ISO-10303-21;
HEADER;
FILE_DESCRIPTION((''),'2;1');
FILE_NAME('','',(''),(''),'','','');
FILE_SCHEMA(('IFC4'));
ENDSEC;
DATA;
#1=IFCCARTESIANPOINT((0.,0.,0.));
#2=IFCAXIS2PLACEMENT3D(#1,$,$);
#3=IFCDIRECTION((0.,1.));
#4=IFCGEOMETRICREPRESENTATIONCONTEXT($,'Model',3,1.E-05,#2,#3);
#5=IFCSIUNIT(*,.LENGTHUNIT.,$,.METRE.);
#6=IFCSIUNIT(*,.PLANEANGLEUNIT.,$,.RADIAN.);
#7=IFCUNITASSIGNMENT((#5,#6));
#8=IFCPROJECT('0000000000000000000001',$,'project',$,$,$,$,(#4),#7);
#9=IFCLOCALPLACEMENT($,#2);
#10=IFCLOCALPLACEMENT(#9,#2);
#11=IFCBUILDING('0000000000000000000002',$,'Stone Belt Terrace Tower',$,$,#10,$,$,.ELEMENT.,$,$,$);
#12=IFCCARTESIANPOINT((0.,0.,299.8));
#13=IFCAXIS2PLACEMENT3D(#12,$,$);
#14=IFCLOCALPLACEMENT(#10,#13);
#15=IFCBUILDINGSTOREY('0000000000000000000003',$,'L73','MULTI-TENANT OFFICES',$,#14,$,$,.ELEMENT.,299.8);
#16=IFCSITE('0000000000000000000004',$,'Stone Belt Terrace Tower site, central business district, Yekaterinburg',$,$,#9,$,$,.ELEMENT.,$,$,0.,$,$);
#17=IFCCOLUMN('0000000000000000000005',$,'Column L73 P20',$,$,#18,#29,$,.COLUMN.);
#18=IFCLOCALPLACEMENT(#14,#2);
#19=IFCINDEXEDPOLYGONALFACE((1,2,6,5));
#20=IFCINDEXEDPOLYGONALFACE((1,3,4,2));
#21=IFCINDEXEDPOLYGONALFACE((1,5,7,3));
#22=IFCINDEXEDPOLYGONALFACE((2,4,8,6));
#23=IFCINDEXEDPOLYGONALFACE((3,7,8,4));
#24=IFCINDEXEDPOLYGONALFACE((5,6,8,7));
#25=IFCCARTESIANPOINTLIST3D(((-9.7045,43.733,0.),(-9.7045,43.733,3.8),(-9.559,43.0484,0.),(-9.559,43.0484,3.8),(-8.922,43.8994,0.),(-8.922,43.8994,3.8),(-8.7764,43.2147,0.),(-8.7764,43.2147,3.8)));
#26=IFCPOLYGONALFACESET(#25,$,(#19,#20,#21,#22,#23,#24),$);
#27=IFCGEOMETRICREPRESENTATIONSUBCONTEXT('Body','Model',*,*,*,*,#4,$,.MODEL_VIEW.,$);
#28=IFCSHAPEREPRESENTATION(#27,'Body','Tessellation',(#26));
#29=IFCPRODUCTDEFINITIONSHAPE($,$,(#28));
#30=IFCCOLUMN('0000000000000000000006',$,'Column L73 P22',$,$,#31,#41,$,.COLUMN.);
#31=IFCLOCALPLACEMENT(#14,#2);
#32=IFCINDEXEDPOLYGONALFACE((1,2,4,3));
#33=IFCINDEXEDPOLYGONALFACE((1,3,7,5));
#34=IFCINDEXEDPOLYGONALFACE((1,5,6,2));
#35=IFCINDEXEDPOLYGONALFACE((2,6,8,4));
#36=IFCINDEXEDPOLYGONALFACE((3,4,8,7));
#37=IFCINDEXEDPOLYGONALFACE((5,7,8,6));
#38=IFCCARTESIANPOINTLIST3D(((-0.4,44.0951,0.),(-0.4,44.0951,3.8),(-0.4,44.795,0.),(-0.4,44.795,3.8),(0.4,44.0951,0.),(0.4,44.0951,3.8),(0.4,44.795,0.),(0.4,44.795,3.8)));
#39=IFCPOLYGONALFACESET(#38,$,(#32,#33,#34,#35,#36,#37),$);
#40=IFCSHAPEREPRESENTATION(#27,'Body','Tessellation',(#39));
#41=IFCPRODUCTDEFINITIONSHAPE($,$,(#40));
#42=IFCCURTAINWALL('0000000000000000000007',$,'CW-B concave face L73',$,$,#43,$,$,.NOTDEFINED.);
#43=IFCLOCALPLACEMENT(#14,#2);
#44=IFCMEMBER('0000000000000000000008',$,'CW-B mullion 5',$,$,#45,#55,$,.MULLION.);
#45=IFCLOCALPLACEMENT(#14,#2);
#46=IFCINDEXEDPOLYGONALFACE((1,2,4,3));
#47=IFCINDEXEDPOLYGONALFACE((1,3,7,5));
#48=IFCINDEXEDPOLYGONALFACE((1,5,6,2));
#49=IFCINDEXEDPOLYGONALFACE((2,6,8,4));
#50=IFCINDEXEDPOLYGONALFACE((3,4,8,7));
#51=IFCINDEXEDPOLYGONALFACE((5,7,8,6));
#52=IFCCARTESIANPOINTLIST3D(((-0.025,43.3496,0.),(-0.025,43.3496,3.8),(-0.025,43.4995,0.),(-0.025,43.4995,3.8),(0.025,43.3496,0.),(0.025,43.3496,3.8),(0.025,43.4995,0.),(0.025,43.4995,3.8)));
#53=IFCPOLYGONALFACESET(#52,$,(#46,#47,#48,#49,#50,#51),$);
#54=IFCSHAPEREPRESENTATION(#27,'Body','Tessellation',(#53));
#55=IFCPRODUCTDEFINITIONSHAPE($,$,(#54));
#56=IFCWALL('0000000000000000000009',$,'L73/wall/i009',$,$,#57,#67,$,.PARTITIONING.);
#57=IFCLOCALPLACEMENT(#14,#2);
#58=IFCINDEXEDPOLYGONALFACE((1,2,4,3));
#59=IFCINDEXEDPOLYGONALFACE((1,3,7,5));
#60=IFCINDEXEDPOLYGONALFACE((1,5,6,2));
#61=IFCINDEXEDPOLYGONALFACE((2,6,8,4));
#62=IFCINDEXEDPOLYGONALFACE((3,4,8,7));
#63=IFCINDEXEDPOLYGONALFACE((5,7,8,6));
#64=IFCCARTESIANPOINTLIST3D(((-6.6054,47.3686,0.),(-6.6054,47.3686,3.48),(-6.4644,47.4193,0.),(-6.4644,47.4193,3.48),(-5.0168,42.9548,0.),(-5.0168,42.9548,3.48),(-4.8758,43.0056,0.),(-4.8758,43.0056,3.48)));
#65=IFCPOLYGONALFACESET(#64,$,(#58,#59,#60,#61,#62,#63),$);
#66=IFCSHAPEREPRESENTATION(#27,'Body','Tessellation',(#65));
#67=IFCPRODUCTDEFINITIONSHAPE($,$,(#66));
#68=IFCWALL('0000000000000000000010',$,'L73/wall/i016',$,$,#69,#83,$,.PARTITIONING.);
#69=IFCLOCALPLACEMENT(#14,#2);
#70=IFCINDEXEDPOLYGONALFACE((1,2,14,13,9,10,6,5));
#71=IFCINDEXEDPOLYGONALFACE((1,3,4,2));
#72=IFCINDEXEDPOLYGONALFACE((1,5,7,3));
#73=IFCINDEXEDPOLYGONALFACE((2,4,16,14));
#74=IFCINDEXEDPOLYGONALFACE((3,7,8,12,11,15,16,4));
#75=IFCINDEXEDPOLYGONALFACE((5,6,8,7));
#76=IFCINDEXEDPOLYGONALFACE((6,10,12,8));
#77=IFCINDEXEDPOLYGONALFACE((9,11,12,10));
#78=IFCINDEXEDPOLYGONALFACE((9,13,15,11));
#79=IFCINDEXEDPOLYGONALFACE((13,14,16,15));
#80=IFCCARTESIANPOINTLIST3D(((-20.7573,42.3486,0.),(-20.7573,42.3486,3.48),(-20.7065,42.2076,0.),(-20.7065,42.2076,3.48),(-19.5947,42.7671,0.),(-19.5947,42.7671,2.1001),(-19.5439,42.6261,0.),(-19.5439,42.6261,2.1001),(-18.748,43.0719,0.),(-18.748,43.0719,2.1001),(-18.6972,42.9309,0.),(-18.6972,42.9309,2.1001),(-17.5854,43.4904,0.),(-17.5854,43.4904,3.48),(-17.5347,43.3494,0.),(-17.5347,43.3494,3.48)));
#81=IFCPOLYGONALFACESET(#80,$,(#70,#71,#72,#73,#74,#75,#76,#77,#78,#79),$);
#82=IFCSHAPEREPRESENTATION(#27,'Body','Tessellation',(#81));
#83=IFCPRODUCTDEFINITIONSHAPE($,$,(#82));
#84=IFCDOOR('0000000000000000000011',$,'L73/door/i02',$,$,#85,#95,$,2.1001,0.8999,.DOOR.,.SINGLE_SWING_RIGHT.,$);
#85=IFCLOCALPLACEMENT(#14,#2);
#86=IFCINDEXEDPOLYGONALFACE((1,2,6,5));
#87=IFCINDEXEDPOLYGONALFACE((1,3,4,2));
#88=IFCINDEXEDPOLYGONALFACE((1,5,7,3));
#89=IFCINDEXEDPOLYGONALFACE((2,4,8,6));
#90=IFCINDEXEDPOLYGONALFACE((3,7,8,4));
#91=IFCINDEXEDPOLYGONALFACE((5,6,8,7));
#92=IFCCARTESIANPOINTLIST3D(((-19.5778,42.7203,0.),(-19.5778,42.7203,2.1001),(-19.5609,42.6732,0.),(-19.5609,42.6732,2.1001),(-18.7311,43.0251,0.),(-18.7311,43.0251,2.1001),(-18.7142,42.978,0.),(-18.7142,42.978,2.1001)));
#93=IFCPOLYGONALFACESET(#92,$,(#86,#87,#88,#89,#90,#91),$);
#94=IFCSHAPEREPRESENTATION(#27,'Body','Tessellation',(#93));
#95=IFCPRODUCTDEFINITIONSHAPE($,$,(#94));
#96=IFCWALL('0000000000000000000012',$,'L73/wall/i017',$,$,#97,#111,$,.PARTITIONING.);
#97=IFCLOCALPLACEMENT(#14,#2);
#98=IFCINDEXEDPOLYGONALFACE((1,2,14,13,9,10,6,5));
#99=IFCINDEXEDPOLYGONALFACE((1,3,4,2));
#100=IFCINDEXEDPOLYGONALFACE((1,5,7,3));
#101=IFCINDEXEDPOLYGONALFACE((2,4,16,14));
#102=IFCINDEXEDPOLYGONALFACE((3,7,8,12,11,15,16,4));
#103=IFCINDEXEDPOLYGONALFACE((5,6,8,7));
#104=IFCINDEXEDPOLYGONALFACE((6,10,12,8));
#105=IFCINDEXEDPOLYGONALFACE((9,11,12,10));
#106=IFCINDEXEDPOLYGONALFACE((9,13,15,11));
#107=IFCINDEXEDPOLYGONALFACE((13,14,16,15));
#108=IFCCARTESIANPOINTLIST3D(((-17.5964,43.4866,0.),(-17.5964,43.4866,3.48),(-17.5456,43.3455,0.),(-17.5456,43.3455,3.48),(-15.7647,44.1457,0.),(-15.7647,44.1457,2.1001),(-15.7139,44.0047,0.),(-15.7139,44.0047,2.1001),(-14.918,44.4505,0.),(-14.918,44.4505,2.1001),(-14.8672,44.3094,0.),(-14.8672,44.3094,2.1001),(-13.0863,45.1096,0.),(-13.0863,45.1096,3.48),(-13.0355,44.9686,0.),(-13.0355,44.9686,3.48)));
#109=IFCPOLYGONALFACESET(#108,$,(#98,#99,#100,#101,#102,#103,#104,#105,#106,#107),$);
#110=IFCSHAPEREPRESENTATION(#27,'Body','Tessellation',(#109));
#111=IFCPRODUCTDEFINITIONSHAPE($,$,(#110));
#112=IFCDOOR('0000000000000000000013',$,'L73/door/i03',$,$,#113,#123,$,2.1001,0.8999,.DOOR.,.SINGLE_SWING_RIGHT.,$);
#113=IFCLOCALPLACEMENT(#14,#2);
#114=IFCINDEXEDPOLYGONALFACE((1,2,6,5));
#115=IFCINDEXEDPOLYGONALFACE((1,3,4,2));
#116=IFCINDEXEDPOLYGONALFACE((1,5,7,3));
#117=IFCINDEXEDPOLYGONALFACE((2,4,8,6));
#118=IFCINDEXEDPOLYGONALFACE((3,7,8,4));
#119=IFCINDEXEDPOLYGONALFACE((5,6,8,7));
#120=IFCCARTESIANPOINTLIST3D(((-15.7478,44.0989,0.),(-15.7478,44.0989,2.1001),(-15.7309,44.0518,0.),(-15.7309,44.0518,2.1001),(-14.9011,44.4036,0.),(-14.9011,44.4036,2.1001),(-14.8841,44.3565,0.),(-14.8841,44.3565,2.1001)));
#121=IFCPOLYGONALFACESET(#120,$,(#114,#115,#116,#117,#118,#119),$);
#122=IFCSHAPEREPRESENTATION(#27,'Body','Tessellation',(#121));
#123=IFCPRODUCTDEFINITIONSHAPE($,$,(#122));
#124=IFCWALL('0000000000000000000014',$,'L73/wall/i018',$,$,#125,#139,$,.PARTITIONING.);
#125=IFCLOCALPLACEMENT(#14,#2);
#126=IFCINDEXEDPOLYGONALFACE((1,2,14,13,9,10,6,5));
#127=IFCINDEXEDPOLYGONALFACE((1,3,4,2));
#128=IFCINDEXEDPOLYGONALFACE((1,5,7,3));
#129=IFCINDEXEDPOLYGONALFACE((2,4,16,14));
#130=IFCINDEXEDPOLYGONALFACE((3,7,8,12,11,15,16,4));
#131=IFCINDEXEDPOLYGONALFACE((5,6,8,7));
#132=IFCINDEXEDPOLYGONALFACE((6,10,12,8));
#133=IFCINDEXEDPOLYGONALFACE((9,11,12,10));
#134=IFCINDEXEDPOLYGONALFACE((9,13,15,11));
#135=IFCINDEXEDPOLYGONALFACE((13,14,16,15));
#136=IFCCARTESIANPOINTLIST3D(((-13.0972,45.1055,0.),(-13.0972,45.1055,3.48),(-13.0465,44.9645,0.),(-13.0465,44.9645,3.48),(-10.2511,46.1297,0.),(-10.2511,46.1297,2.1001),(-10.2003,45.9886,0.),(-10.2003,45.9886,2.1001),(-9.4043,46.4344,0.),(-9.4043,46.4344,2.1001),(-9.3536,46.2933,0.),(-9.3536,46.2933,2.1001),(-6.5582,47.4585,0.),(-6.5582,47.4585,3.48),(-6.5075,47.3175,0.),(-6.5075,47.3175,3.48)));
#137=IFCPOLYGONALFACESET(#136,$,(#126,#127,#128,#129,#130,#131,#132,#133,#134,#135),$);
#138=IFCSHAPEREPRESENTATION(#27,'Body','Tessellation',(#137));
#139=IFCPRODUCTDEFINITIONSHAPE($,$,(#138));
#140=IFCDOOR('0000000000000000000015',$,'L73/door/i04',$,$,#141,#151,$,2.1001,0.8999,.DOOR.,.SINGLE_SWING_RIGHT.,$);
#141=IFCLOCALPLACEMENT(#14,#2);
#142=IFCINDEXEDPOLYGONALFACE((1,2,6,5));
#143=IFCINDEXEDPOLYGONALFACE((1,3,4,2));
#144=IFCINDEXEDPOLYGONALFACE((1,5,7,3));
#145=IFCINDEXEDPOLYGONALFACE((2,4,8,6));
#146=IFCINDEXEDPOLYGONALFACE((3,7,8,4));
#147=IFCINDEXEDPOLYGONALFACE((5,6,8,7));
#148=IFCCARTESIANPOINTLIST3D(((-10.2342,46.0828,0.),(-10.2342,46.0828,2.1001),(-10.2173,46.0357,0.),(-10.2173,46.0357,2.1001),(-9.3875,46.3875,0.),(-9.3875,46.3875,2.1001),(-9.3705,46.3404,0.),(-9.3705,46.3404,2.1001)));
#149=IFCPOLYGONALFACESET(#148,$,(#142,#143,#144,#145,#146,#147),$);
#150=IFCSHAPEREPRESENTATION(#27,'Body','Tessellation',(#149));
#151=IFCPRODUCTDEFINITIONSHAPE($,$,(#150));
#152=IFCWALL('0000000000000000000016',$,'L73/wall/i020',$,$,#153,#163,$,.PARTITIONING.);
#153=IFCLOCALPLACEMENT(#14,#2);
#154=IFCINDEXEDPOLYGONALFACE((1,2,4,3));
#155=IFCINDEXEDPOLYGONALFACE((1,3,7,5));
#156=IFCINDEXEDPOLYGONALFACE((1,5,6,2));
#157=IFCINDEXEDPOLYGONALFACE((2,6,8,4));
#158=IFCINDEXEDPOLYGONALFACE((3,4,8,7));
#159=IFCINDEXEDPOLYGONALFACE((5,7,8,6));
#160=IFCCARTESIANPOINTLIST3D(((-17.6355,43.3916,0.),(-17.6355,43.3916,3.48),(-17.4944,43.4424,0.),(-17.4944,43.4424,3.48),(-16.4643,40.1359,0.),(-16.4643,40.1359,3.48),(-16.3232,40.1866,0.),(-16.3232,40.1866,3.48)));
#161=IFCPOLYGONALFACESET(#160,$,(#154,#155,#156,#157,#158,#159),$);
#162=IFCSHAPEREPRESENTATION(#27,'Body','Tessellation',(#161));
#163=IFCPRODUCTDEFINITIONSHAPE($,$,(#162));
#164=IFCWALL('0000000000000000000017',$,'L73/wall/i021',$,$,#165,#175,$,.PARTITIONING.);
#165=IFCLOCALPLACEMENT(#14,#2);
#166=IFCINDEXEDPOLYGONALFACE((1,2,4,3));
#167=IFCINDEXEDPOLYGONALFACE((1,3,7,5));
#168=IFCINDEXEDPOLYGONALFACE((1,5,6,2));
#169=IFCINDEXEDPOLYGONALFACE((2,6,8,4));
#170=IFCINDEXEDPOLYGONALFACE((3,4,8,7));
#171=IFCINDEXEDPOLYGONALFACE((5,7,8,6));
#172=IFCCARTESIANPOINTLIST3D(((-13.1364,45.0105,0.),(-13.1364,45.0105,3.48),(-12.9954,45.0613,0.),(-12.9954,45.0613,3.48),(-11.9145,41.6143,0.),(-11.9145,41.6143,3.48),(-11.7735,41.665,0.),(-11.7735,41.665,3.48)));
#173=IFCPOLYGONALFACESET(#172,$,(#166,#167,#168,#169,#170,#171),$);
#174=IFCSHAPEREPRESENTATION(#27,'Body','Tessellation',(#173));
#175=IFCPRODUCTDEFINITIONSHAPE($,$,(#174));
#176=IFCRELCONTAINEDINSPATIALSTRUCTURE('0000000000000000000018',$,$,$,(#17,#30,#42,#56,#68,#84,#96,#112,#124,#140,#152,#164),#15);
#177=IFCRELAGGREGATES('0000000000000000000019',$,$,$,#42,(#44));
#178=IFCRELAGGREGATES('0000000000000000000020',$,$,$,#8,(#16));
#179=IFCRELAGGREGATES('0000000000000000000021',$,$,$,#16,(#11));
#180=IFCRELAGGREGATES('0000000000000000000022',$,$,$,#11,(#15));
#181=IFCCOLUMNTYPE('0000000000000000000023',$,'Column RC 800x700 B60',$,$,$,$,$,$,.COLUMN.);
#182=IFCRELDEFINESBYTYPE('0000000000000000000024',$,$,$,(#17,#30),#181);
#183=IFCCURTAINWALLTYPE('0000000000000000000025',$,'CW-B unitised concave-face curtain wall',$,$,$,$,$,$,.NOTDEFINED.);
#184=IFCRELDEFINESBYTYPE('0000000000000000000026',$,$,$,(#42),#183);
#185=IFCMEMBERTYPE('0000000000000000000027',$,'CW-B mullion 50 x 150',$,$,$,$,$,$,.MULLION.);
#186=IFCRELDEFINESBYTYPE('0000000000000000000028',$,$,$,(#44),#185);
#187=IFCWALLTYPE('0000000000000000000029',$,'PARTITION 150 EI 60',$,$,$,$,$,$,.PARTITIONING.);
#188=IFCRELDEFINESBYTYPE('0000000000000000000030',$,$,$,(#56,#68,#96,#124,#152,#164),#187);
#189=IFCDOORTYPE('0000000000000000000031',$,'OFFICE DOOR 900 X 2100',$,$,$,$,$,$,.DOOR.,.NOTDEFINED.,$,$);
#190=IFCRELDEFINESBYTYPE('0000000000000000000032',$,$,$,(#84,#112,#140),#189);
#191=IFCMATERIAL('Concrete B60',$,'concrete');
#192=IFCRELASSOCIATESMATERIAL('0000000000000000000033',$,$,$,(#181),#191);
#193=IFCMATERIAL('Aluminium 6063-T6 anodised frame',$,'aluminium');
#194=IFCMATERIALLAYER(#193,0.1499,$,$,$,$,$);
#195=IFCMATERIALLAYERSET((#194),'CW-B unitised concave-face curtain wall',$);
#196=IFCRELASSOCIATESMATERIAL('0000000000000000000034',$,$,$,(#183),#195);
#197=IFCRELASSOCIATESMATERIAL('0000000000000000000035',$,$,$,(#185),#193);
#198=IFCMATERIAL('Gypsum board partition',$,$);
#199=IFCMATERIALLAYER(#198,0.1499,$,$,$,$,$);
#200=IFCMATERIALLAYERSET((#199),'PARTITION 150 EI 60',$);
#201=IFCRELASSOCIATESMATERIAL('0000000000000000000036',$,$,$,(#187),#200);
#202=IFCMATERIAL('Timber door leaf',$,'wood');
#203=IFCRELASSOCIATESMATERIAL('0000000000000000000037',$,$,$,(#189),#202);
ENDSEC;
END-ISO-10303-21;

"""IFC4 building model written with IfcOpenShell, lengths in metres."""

from ifc_helpers import new_model, si_unit, direction, frame, frame_2d, origin, origin_2d, place, context, subcontext, project, spatial, rectangle, extrude, material, layer, layer_set, material_profile, profile_set, type_object, element, fill, aggregate, save


model = new_model("IFC4")

# Units and contexts
model_context = context("Model", 3, precision=1e-05, world=origin(), true_north=direction((0.0, 1.0)))
body_context = subcontext(model_context, "Body", "Model", "MODEL_VIEW")
ifc_project = project(units=[si_unit("LENGTHUNIT", "METRE"), si_unit("PLANEANGLEUNIT", "RADIAN")], contexts=[model_context])

# Site, building, storey
site_placement = place(None, origin())
site = spatial("IfcSite", under=ifc_project, at=site_placement, Name="Stone Belt Terrace Tower site, central business district, Yekaterinburg", CompositionType="ELEMENT", RefElevation=0.0)
building_placement = place(site_placement, origin())
building = spatial("IfcBuilding", under=site, at=building_placement, Name="Stone Belt Terrace Tower", CompositionType="ELEMENT")
storey_placement = place(building_placement, frame((0.0, 0.0, 299.8)))
storey = spatial("IfcBuildingStorey", under=building, at=storey_placement, Name="L73", Description="MULTI-TENANT OFFICES", CompositionType="ELEMENT", Elevation=299.8)

# Columns
ifc_material_1 = material(Name="Concrete B60", Category="concrete")
ifc_material_profile_1 = material_profile(ifc_material_1, rectangle(XDim=0.8, YDim=0.7, at=origin_2d()), Name="RC 800x700")
ifc_profile_set_1 = profile_set([ifc_material_profile_1], Name="Concrete B60")
column_type = type_object("IfcColumnType", Name="Column RC 800x700 B60", PredefinedType="COLUMN", material=ifc_profile_set_1)
for number, where, z_axis, x_axis, name in (
    (1, (-9.2405, 43.4739, 0.0), (0.0, 0.0, 1.0), (0.978148, 0.207912, 0.0), "Column L73 P20"),
    (2, (0.0, 44.4451, 0.0), (0.0, 0.0, 1.0), (1.0, 0.0, 0.0), "Column L73 P22"),
):
    element("IfcColumn", number, at=place(storey_placement, frame(where, z_axis=z_axis, x_axis=x_axis)), inside=storey, type_object=column_type, Name=name, PredefinedType="COLUMN", context=body_context, shape_type="SweptSolid", body=[
        extrude(rectangle(XDim=0.8, YDim=0.7, at=origin_2d()), origin(), (0.0, 0.0, 1.0), 3.8),
    ])

# Curtain wall, member
ifc_material_2 = material(Name="Aluminium 6063-T6 anodised frame", Category="aluminium")
ifc_layer_1 = layer(ifc_material_2, 0.1499)
ifc_layer_set_1 = layer_set([ifc_layer_1], Name="CW-B unitised concave-face curtain wall")
curtain_wall_type = type_object("IfcCurtainWallType", Name="CW-B unitised concave-face curtain wall", PredefinedType="NOTDEFINED", material=ifc_layer_set_1)
curtain_wall_placement = place(storey_placement, origin())
curtain_wall = element("IfcCurtainWall", 3, at=curtain_wall_placement, inside=storey, type_object=curtain_wall_type, Name="CW-B concave face L73", PredefinedType="NOTDEFINED")
ifc_material_profile_2 = material_profile(ifc_material_2, rectangle(XDim=0.1499, YDim=0.05, at=origin_2d()), Name="Aluminium 6063-T6 50x150")
ifc_profile_set_2 = profile_set([ifc_material_profile_2], Name="Aluminium 6063-T6 anodised frame")
member_type = type_object("IfcMemberType", Name="CW-B mullion 50 x 150", PredefinedType="MULLION", material=ifc_profile_set_2)
member_placement = place(storey_placement, frame((0.0, 43.4246, 0.0), z_axis=(0.0, 0.0, 1.0), x_axis=(0.0, 1.0, 0.0)))
member = element("IfcMember", 4, at=member_placement, type_object=member_type, Name="CW-B mullion 5", PredefinedType="MULLION", context=body_context, shape_type="SweptSolid", body=[
    extrude(rectangle(XDim=0.1499, YDim=0.05, at=origin_2d()), origin(), (0.0, 0.0, 1.0), 3.8),
])
aggregate(curtain_wall, [member])

# Wall
ifc_material_3 = material(Name="Gypsum board partition")
ifc_layer_2 = layer(ifc_material_3, 0.1499)
ifc_layer_set_2 = layer_set([ifc_layer_2], Name="PARTITION 150 EI 60")
wall_type_1 = type_object("IfcWallType", Name="PARTITION 150 EI 60", PredefinedType="PARTITIONING", material=ifc_layer_set_2)
wall_1_placement = place(storey_placement, frame((-4.9463, 42.9802, 0.0), z_axis=(0.0, 0.0, 1.0), x_axis=(-0.338653, 0.940911, 0.0)))
element("IfcWall", 5, at=wall_1_placement, inside=storey, type_object=wall_type_1, Name="L73/wall/i009", PredefinedType="PARTITIONING", context=body_context, shape_type="SweptSolid", body=[
    extrude(rectangle(XDim=4.6909, YDim=0.1499, at=frame_2d((2.3455, 0.0))), origin(), (0.0, 0.0, 1.0), 3.48),
])

# Walls, openings, doors
wall_2_placement = place(storey_placement, frame((-17.5601, 43.4199, 0.0), z_axis=(0.0, 0.0, 1.0), x_axis=(-0.94089, -0.338712, 0.0)))
wall_2 = element("IfcWall", 6, at=wall_2_placement, inside=storey, type_object=wall_type_1, Name="L73/wall/i016", PredefinedType="PARTITIONING", context=body_context, shape_type="SweptSolid", body=[
    extrude(rectangle(XDim=3.3711, YDim=0.1499, at=frame_2d((1.6855, 0.0))), origin(), (0.0, 0.0, 1.0), 3.48),
])
opening_1_placement = place(wall_2_placement, frame((1.2356, 0.0, 0.0)))
opening_1 = element("IfcOpeningElement", 7, at=opening_1_placement, cuts=wall_2, PredefinedType="OPENING", context=body_context, shape_type="SweptSolid", body=[
    extrude(rectangle(XDim=0.8999, YDim=2.1001, at=frame_2d((0.45, 1.05))), frame((0.0, 0.085, 0.0), z_axis=(0.0, -1.0, 0.0), x_axis=(1.0, 0.0, 0.0)), (0.0, 0.0, 1.0), 0.1699),
])
ifc_material_4 = material(Name="Timber door leaf", Category="wood")
door_type_1 = type_object("IfcDoorType", Name="OFFICE DOOR 900 X 2100", OperationType="NOTDEFINED", PredefinedType="DOOR", material=ifc_material_4)
door_1_placement = place(opening_1_placement, origin())
door_1 = element("IfcDoor", 8, at=door_1_placement, inside=storey, type_object=door_type_1, Name="L73/door/i02", OperationType="SINGLE_SWING_RIGHT", OverallHeight=2.1001, OverallWidth=0.8999, PredefinedType="DOOR", context=body_context, shape_type="SweptSolid", body=[
    extrude(rectangle(XDim=0.8999, YDim=2.1001, at=frame_2d((0.45, 1.05))), frame((0.0, 0.0249, 0.0), z_axis=(0.0, -1.0, 0.0), x_axis=(1.0, 0.0, 0.0)), (0.0, 0.0, 1.0), 0.05),
])
fill(opening_1, door_1)
wall_3_placement = place(storey_placement, frame((-13.061, 45.0391, 0.0), z_axis=(0.0, 0.0, 1.0), x_axis=(-0.940924, -0.338617, 0.0)))
wall_3 = element("IfcWall", 9, at=wall_3_placement, inside=storey, type_object=wall_type_1, Name="L73/wall/i017", PredefinedType="PARTITIONING", context=body_context, shape_type="SweptSolid", body=[
    extrude(rectangle(XDim=4.7932, YDim=0.1499, at=frame_2d((2.3965, 0.0))), origin(), (0.0, 0.0, 1.0), 3.48),
])
opening_2_placement = place(wall_3_placement, frame((1.9465, 0.0, 0.0)))
opening_2 = element("IfcOpeningElement", 10, at=opening_2_placement, cuts=wall_3, PredefinedType="OPENING", context=body_context, shape_type="SweptSolid", body=[
    extrude(rectangle(XDim=0.8999, YDim=2.1001, at=frame_2d((0.45, 1.05))), frame((0.0, 0.085, 0.0), z_axis=(0.0, -1.0, 0.0), x_axis=(1.0, 0.0, 0.0)), (0.0, 0.0, 1.0), 0.1699),
])
door_2_placement = place(opening_2_placement, origin())
door_2 = element("IfcDoor", 11, at=door_2_placement, inside=storey, type_object=door_type_1, Name="L73/door/i03", OperationType="SINGLE_SWING_RIGHT", OverallHeight=2.1001, OverallWidth=0.8999, PredefinedType="DOOR", context=body_context, shape_type="SweptSolid", body=[
    extrude(rectangle(XDim=0.8999, YDim=2.1001, at=frame_2d((0.45, 1.05))), frame((0.0, 0.0249, 0.0), z_axis=(0.0, -1.0, 0.0), x_axis=(1.0, 0.0, 0.0)), (0.0, 0.0, 1.0), 0.05),
])
fill(opening_2, door_2)
wall_4_placement = place(storey_placement, frame((-6.533, 47.3879, 0.0), z_axis=(0.0, 0.0, 1.0), x_axis=(-0.940935, -0.338588, 0.0)))
wall_4 = element("IfcWall", 12, at=wall_4_placement, inside=storey, type_object=wall_type_1, Name="L73/wall/i018", PredefinedType="PARTITIONING", context=body_context, shape_type="SweptSolid", body=[
    extrude(rectangle(XDim=6.9495, YDim=0.1499, at=frame_2d((3.4746, 0.0))), origin(), (0.0, 0.0, 1.0), 3.48),
])
opening_3_placement = place(wall_4_placement, frame((3.0247, 0.0, 0.0)))
opening_3 = element("IfcOpeningElement", 13, at=opening_3_placement, cuts=wall_4, PredefinedType="OPENING", context=body_context, shape_type="SweptSolid", body=[
    extrude(rectangle(XDim=0.8999, YDim=2.1001, at=frame_2d((0.45, 1.05))), frame((0.0, 0.085, 0.0), z_axis=(0.0, -1.0, 0.0), x_axis=(1.0, 0.0, 0.0)), (0.0, 0.0, 1.0), 0.1699),
])
door_3_placement = place(opening_3_placement, origin())
door_3 = element("IfcDoor", 14, at=door_3_placement, inside=storey, type_object=door_type_1, Name="L73/door/i04", OperationType="SINGLE_SWING_RIGHT", OverallHeight=2.1001, OverallWidth=0.8999, PredefinedType="DOOR", context=body_context, shape_type="SweptSolid", body=[
    extrude(rectangle(XDim=0.8999, YDim=2.1001, at=frame_2d((0.45, 1.05))), frame((0.0, 0.0249, 0.0), z_axis=(0.0, -1.0, 0.0), x_axis=(1.0, 0.0, 0.0)), (0.0, 0.0, 1.0), 0.05),
])
fill(opening_3, door_3)

# Walls
wall_5_placement = place(storey_placement, frame((-17.5649, 43.417, 0.0), z_axis=(0.0, 0.0, 1.0), x_axis=(0.338495, -0.940968, 0.0)))
element("IfcWall", 15, at=wall_5_placement, inside=storey, type_object=wall_type_1, Name="L73/wall/i020", PredefinedType="PARTITIONING", context=body_context, shape_type="SweptSolid", body=[
    extrude(rectangle(XDim=3.46, YDim=0.1499, at=frame_2d((1.73, 0.0))), origin(), (0.0, 0.0, 1.0), 3.48),
])
wall_6_placement = place(storey_placement, frame((-13.0659, 45.0359, 0.0), z_axis=(0.0, 0.0, 1.0), x_axis=(0.338542, -0.940951, 0.0)))
element("IfcWall", 16, at=wall_6_placement, inside=storey, type_object=wall_type_1, Name="L73/wall/i021", PredefinedType="PARTITIONING", context=body_context, shape_type="SweptSolid", body=[
    extrude(rectangle(XDim=3.6094, YDim=0.1499, at=frame_2d((1.8047, 0.0))), origin(), (0.0, 0.0, 1.0), 3.48),
])

save(model, "model.ifc")
